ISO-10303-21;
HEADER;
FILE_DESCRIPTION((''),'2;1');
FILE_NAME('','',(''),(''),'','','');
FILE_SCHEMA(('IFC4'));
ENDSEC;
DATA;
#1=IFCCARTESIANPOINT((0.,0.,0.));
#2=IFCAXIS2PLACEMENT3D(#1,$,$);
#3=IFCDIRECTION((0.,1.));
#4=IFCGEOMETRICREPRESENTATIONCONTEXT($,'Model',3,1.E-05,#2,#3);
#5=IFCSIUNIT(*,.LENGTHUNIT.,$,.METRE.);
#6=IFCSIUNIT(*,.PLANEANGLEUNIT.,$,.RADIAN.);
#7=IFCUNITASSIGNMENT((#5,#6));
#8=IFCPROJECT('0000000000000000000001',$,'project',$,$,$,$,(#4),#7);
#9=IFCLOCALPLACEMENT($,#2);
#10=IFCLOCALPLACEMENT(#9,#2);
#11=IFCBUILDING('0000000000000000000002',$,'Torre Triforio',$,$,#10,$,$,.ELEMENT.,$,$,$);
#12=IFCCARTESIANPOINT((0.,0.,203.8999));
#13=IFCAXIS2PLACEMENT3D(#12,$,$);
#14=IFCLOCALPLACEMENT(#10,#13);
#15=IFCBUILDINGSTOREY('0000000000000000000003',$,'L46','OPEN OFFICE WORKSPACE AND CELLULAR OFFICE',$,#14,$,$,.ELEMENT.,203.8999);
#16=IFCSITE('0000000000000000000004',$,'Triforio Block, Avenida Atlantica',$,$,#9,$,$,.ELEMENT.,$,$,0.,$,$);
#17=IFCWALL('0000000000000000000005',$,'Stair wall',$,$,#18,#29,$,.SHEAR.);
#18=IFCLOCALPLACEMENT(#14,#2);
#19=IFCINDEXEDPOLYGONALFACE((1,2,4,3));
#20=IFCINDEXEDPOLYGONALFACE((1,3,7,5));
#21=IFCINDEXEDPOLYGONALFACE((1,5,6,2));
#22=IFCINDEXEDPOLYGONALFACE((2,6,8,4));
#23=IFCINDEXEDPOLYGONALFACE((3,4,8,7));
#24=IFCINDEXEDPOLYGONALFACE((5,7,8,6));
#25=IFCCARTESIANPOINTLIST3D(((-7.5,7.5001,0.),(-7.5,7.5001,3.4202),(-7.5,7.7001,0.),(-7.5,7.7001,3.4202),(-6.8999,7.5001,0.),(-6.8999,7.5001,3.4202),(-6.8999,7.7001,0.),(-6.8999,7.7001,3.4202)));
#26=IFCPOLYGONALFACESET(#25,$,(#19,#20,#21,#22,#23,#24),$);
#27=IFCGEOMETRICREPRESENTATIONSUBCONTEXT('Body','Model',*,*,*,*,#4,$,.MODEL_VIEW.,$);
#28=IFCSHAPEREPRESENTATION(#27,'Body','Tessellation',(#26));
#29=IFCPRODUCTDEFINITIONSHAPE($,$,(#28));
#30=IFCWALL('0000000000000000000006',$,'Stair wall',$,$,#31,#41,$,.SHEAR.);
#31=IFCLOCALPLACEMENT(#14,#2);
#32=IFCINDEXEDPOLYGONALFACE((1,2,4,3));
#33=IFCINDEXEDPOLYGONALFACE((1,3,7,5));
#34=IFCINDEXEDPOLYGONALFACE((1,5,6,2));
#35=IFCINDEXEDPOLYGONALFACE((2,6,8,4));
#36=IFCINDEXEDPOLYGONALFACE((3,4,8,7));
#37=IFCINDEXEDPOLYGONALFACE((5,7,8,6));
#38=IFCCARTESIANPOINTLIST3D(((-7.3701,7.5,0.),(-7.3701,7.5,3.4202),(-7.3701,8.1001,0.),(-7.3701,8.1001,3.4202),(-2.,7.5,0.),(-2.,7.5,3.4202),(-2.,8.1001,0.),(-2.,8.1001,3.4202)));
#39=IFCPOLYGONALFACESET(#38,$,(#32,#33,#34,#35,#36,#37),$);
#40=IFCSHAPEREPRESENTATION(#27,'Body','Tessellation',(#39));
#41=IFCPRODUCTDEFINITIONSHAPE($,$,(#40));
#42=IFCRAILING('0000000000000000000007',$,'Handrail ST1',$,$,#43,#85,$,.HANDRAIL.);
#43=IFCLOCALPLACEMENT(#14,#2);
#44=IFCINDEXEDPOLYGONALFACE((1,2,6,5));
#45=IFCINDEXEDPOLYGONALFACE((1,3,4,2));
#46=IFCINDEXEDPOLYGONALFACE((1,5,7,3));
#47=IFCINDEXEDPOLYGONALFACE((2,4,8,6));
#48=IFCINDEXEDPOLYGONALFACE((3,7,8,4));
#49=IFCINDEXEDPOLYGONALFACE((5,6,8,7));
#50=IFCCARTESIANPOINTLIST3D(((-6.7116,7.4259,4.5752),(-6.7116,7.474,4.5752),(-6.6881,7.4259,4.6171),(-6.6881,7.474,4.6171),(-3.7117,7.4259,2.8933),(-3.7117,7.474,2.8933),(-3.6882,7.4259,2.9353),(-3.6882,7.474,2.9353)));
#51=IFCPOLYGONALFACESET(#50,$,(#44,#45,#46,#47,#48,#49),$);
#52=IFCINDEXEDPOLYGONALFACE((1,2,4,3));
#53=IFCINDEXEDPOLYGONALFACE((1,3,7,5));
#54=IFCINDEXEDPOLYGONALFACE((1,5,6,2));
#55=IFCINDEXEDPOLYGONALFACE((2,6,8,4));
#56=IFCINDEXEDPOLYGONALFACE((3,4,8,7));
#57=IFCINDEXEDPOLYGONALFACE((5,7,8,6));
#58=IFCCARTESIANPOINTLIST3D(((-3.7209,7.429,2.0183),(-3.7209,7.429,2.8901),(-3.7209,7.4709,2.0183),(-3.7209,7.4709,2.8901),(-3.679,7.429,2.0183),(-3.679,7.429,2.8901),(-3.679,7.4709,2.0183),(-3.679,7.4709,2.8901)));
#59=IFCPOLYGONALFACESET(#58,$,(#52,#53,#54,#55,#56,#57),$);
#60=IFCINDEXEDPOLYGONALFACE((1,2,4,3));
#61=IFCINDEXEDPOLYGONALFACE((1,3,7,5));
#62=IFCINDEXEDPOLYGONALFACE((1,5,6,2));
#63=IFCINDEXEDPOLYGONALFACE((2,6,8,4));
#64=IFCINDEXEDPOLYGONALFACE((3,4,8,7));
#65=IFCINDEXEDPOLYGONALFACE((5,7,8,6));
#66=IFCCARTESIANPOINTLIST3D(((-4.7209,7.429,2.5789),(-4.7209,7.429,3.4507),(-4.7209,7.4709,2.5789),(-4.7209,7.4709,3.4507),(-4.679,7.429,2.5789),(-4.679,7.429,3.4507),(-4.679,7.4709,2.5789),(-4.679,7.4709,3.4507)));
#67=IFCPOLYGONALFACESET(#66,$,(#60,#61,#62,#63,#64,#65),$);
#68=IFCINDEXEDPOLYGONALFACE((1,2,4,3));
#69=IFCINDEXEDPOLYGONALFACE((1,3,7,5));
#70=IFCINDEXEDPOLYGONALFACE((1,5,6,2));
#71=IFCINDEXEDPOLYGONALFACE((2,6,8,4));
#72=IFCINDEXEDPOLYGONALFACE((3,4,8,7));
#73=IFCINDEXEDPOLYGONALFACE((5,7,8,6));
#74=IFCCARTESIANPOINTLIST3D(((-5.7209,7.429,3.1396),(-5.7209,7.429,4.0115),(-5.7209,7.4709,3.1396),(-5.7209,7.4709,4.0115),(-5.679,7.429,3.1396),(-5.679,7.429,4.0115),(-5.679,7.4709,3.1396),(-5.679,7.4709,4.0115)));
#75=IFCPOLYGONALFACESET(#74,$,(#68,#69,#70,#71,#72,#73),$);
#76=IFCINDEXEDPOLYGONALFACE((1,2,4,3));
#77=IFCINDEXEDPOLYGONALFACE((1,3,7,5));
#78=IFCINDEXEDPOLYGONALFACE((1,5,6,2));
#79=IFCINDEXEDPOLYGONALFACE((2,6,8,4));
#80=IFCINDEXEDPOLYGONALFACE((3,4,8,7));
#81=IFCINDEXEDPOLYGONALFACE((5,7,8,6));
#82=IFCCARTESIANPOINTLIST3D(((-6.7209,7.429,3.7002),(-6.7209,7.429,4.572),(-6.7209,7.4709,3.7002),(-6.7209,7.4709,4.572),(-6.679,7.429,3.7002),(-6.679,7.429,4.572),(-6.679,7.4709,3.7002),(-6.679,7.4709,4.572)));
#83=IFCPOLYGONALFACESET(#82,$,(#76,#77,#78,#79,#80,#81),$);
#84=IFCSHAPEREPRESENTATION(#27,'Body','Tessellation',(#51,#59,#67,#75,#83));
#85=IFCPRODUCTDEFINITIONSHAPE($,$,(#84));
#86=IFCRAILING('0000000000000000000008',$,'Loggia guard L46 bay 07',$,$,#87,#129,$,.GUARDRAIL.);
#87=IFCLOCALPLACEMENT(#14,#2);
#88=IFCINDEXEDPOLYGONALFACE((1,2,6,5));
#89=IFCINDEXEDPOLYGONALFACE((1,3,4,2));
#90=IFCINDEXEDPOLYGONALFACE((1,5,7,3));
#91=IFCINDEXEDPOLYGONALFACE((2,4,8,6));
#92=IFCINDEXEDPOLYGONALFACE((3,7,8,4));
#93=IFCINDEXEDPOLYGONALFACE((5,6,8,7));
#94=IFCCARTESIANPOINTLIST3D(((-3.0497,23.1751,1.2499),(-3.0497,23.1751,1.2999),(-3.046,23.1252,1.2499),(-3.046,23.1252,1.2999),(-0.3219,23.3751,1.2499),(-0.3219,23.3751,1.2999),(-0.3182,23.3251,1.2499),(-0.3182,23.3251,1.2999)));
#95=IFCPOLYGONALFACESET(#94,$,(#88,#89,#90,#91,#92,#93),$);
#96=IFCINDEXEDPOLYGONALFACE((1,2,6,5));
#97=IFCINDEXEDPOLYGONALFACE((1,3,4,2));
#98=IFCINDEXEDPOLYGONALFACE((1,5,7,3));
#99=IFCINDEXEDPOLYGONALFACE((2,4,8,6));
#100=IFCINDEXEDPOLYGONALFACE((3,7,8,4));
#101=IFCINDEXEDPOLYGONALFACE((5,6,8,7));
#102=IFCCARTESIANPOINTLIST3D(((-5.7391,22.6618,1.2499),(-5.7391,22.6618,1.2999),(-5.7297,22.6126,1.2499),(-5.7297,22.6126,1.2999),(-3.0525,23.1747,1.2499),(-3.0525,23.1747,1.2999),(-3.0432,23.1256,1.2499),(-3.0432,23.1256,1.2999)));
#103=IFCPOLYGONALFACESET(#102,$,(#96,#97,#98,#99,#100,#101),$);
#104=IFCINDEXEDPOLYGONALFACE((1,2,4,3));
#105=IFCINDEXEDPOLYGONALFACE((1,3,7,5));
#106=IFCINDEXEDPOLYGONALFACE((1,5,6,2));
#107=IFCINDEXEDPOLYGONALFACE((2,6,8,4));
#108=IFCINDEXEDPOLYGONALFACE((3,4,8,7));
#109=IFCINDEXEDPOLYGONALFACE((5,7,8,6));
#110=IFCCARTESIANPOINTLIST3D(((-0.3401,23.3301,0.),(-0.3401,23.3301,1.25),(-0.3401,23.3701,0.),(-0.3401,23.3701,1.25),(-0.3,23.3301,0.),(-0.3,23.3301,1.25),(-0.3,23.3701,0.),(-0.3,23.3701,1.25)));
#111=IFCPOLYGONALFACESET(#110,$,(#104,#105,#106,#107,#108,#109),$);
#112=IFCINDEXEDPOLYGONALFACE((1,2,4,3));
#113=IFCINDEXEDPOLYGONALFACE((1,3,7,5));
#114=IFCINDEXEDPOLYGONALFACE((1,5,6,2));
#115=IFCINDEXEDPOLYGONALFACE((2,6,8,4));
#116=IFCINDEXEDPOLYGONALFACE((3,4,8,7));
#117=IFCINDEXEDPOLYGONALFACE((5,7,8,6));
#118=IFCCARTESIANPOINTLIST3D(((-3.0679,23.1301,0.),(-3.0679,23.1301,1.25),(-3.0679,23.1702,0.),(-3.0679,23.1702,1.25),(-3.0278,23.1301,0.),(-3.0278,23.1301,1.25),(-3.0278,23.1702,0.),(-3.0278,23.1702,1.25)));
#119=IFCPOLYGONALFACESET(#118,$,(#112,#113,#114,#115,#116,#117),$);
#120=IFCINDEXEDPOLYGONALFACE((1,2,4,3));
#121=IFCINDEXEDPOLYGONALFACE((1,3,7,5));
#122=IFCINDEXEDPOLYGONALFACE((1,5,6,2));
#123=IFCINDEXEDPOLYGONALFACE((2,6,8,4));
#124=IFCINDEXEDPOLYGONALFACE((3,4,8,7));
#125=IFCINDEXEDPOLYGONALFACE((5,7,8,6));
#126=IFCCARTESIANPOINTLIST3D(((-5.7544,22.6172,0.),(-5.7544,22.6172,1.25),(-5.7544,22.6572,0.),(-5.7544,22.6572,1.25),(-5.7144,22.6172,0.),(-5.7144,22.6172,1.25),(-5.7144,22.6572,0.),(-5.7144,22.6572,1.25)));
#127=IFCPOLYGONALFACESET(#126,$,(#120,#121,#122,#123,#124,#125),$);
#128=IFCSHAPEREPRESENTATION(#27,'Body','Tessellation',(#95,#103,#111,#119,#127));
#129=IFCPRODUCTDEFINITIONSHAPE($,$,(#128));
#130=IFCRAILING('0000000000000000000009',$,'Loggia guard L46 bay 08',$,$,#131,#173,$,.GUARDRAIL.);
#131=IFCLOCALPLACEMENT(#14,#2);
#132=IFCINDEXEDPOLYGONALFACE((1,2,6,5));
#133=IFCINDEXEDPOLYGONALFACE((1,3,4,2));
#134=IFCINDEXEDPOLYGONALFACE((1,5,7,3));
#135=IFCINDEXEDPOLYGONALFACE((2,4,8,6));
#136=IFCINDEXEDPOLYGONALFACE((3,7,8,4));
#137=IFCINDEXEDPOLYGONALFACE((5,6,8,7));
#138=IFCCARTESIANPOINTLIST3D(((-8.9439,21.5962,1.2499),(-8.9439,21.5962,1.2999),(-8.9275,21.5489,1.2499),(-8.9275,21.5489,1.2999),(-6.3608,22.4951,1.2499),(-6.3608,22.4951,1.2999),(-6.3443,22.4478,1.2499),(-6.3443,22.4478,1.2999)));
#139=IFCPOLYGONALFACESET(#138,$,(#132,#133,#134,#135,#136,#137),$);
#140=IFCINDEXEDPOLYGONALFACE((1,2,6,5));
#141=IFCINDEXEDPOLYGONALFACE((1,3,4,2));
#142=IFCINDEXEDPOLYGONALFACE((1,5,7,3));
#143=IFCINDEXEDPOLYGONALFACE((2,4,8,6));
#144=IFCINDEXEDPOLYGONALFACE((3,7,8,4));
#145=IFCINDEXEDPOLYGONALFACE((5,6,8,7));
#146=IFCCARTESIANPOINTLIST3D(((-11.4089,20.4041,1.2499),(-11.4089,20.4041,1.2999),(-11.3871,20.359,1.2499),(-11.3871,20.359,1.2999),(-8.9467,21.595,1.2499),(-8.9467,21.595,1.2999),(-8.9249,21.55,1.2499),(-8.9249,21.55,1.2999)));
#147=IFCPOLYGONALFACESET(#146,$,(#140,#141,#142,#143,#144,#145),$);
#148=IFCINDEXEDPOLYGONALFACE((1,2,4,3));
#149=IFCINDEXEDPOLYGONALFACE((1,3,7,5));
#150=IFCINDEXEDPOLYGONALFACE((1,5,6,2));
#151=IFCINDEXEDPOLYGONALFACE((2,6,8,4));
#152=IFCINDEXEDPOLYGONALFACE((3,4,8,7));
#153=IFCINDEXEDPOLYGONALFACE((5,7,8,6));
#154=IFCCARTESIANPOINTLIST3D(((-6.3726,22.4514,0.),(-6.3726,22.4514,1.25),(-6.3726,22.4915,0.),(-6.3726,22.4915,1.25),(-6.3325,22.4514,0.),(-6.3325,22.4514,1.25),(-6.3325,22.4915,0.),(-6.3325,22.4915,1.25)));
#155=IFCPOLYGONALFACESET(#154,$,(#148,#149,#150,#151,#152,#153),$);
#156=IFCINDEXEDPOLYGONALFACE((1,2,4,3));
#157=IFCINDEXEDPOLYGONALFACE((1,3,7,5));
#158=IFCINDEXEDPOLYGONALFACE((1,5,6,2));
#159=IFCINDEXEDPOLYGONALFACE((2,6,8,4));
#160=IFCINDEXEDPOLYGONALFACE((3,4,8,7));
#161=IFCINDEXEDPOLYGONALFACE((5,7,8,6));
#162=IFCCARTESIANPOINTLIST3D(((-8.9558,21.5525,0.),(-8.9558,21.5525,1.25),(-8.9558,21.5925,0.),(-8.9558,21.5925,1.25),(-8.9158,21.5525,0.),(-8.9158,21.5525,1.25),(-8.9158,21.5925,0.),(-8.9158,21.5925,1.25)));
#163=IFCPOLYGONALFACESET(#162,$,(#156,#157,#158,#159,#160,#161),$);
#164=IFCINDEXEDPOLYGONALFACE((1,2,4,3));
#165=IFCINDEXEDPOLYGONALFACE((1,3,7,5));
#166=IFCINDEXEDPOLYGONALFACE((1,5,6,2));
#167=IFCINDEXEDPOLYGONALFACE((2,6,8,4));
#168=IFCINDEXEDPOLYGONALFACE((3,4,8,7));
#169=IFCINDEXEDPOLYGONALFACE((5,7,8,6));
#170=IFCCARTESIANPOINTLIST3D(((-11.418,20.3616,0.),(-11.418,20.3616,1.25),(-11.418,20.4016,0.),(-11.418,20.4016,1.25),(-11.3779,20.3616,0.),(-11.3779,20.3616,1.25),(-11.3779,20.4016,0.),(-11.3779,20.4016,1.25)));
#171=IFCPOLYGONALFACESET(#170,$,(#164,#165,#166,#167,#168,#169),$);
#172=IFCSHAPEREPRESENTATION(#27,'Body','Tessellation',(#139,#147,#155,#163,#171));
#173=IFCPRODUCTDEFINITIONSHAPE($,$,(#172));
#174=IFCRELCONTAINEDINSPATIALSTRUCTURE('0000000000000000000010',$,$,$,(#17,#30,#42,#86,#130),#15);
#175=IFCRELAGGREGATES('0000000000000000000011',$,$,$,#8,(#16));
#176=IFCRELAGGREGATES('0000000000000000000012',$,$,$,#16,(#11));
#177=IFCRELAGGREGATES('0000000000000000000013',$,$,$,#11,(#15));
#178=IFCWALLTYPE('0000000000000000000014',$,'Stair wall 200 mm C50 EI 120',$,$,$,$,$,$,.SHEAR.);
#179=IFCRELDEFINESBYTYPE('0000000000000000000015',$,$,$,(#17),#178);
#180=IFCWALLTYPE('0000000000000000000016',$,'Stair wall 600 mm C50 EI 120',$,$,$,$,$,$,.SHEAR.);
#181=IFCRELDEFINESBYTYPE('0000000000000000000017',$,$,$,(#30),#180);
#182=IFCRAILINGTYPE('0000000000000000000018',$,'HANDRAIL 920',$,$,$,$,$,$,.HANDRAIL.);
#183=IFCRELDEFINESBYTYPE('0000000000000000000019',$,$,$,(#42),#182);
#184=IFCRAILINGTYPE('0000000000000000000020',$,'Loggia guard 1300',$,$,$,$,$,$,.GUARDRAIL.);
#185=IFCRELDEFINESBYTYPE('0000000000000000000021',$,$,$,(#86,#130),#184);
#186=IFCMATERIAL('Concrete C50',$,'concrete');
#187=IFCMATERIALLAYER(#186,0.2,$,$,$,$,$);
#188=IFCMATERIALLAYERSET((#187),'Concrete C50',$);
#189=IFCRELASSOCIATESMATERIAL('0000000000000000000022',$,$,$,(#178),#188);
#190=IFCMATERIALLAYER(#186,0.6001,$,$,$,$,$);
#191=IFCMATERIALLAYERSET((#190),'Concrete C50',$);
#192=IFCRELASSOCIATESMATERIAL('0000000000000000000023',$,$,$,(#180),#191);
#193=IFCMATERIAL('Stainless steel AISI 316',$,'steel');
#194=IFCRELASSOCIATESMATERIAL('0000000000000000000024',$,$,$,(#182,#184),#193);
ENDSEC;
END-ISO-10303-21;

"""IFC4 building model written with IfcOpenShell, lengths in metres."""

from ifc_helpers import new_model, si_unit, direction, frame, frame_2d, origin, origin_2d, place, context, subcontext, project, spatial, rectangle, extrude, material, layer, layer_set, type_object, element, save


model = new_model("IFC4")

# Units and contexts
model_context = context("Model", 3, precision=1e-05, world=origin(), true_north=direction((0.0, 1.0)))
body_context = subcontext(model_context, "Body", "Model", "MODEL_VIEW")
ifc_project = project(units=[si_unit("LENGTHUNIT", "METRE"), si_unit("PLANEANGLEUNIT", "RADIAN")], contexts=[model_context])

# Site, building, storey
site_placement = place(None, origin())
site = spatial("IfcSite", under=ifc_project, at=site_placement, Name="Triforio Block, Avenida Atlantica", CompositionType="ELEMENT", RefElevation=0.0)
building_placement = place(site_placement, origin())
building = spatial("IfcBuilding", under=site, at=building_placement, Name="Torre Triforio", CompositionType="ELEMENT")
storey_placement = place(building_placement, frame((0.0, 0.0, 203.8999)))
storey = spatial("IfcBuildingStorey", under=building, at=storey_placement, Name="L46", Description="OPEN OFFICE WORKSPACE AND CELLULAR OFFICE", CompositionType="ELEMENT", Elevation=203.8999)

# Shared definitions
ifc_material_1 = material(Name="Concrete C50", Category="concrete")

# Walls
ifc_layer_1 = layer(ifc_material_1, 0.2)
ifc_layer_set_1 = layer_set([ifc_layer_1], Name="Concrete C50")
wall_type_1 = type_object("IfcWallType", Name="Stair wall 200 mm C50 EI 120", PredefinedType="SHEAR", material=ifc_layer_set_1)
wall_1_placement = place(storey_placement, frame((-7.5, 7.6001, 0.0), z_axis=(0.0, 0.0, 1.0), x_axis=(1.0, 0.0, 0.0)))
element("IfcWall", 1, at=wall_1_placement, inside=storey, type_object=wall_type_1, Name="Stair wall", PredefinedType="SHEAR", context=body_context, shape_type="SweptSolid", body=[
    extrude(rectangle(XDim=0.6001, YDim=0.2, at=frame_2d((0.3, 0.0))), origin(), (0.0, 0.0, 1.0), 3.4202),
])
ifc_layer_2 = layer(ifc_material_1, 0.6001)
ifc_layer_set_2 = layer_set([ifc_layer_2], Name="Concrete C50")
wall_type_2 = type_object("IfcWallType", Name="Stair wall 600 mm C50 EI 120", PredefinedType="SHEAR", material=ifc_layer_set_2)
wall_2_placement = place(storey_placement, frame((-7.3701, 7.8, 0.0), z_axis=(0.0, 0.0, 1.0), x_axis=(1.0, 0.0, 0.0)))
element("IfcWall", 2, at=wall_2_placement, inside=storey, type_object=wall_type_2, Name="Stair wall", PredefinedType="SHEAR", context=body_context, shape_type="SweptSolid", body=[
    extrude(rectangle(XDim=5.3701, YDim=0.6001, at=frame_2d((2.6851, 0.0))), origin(), (0.0, 0.0, 1.0), 3.4202),
])

# Railings
ifc_material_2 = material(Name="Stainless steel AISI 316", Category="steel")
railing_type_1 = type_object("IfcRailingType", Name="HANDRAIL 920", PredefinedType="HANDRAIL", material=ifc_material_2)
railing_1_placement = place(storey_placement, frame((-3.7, 7.45, 2.0183)))
element("IfcRailing", 3, at=railing_1_placement, inside=storey, type_object=railing_type_1, Name="Handrail ST1", PredefinedType="HANDRAIL", context=body_context, shape_type="SweptSolid", body=[
    extrude(rectangle(XDim=0.0481, YDim=0.0481, at=origin_2d()), frame((0.0, 0.0, 0.896), z_axis=(-0.872272, 0.0, 0.48902), x_axis=(0.0, -1.0, 0.0)), (0.0, 0.0, 1.0), 3.4392),
    extrude(rectangle(XDim=0.042, YDim=0.042, at=origin_2d()), origin(), (0.0, 0.0, 1.0), 0.8718),
    extrude(rectangle(XDim=0.042, YDim=0.042, at=origin_2d()), frame((-1.0, 0.0, 0.5605)), (0.0, 0.0, 1.0), 0.8718),
    extrude(rectangle(XDim=0.042, YDim=0.042, at=origin_2d()), frame((-2.0, 0.0, 1.1213)), (0.0, 0.0, 1.0), 0.8718),
    extrude(rectangle(XDim=0.042, YDim=0.042, at=origin_2d()), frame((-3.0, 0.0, 1.6819)), (0.0, 0.0, 1.0), 0.8718),
])
railing_type_2 = type_object("IfcRailingType", Name="Loggia guard 1300", PredefinedType="GUARDRAIL", material=ifc_material_2)
railing_2_placement = place(storey_placement, frame((-0.3201, 23.3501, 0.0)))
element("IfcRailing", 4, at=railing_2_placement, inside=storey, type_object=railing_type_2, Name="Loggia guard L46 bay 07", PredefinedType="GUARDRAIL", context=body_context, shape_type="SweptSolid", body=[
    extrude(rectangle(XDim=0.05, YDim=0.05, at=origin_2d()), frame((0.0, 0.0, 1.2749), z_axis=(-0.997324, -0.073106, 0.0), x_axis=(0.073106, -0.997324, 0.0)), (0.0, 0.0, 1.0), 2.7351),
    extrude(rectangle(XDim=0.05, YDim=0.05, at=origin_2d()), frame((-2.7278, -0.2, 1.2749), z_axis=(-0.982256, -0.187543, 0.0), x_axis=(0.187543, -0.982256, 0.0)), (0.0, 0.0, 1.0), 2.7351),
    extrude(rectangle(XDim=0.04, YDim=0.04, at=origin_2d()), origin(), (0.0, 0.0, 1.0), 1.25),
    extrude(rectangle(XDim=0.04, YDim=0.04, at=origin_2d()), frame((-2.7278, -0.2, 0.0)), (0.0, 0.0, 1.0), 1.25),
    extrude(rectangle(XDim=0.04, YDim=0.04, at=origin_2d()), frame((-5.4143, -0.7129, 0.0)), (0.0, 0.0, 1.0), 1.25),
])
railing_3_placement = place(storey_placement, frame((-6.3525, 22.4714, 0.0)))
element("IfcRailing", 5, at=railing_3_placement, inside=storey, type_object=railing_type_2, Name="Loggia guard L46 bay 08", PredefinedType="GUARDRAIL", context=body_context, shape_type="SweptSolid", body=[
    extrude(rectangle(XDim=0.05, YDim=0.05, at=origin_2d()), frame((0.0, 0.0, 1.2749), z_axis=(-0.944451, -0.328652, 0.0), x_axis=(0.328652, -0.944451, 0.0)), (0.0, 0.0, 1.0), 2.7351),
    extrude(rectangle(XDim=0.05, YDim=0.05, at=origin_2d()), frame((-2.5833, -0.8989, 1.2749), z_axis=(-0.900224, -0.435428, 0.0), x_axis=(0.435428, -0.900224, 0.0)), (0.0, 0.0, 1.0), 2.7351),
    extrude(rectangle(XDim=0.04, YDim=0.04, at=origin_2d()), origin(), (0.0, 0.0, 1.0), 1.25),
    extrude(rectangle(XDim=0.04, YDim=0.04, at=origin_2d()), frame((-2.5833, -0.8989, 0.0)), (0.0, 0.0, 1.0), 1.25),
    extrude(rectangle(XDim=0.04, YDim=0.04, at=origin_2d()), frame((-5.0454, -2.0898, 0.0)), (0.0, 0.0, 1.0), 1.25),
])

save(model, "model.ifc")
